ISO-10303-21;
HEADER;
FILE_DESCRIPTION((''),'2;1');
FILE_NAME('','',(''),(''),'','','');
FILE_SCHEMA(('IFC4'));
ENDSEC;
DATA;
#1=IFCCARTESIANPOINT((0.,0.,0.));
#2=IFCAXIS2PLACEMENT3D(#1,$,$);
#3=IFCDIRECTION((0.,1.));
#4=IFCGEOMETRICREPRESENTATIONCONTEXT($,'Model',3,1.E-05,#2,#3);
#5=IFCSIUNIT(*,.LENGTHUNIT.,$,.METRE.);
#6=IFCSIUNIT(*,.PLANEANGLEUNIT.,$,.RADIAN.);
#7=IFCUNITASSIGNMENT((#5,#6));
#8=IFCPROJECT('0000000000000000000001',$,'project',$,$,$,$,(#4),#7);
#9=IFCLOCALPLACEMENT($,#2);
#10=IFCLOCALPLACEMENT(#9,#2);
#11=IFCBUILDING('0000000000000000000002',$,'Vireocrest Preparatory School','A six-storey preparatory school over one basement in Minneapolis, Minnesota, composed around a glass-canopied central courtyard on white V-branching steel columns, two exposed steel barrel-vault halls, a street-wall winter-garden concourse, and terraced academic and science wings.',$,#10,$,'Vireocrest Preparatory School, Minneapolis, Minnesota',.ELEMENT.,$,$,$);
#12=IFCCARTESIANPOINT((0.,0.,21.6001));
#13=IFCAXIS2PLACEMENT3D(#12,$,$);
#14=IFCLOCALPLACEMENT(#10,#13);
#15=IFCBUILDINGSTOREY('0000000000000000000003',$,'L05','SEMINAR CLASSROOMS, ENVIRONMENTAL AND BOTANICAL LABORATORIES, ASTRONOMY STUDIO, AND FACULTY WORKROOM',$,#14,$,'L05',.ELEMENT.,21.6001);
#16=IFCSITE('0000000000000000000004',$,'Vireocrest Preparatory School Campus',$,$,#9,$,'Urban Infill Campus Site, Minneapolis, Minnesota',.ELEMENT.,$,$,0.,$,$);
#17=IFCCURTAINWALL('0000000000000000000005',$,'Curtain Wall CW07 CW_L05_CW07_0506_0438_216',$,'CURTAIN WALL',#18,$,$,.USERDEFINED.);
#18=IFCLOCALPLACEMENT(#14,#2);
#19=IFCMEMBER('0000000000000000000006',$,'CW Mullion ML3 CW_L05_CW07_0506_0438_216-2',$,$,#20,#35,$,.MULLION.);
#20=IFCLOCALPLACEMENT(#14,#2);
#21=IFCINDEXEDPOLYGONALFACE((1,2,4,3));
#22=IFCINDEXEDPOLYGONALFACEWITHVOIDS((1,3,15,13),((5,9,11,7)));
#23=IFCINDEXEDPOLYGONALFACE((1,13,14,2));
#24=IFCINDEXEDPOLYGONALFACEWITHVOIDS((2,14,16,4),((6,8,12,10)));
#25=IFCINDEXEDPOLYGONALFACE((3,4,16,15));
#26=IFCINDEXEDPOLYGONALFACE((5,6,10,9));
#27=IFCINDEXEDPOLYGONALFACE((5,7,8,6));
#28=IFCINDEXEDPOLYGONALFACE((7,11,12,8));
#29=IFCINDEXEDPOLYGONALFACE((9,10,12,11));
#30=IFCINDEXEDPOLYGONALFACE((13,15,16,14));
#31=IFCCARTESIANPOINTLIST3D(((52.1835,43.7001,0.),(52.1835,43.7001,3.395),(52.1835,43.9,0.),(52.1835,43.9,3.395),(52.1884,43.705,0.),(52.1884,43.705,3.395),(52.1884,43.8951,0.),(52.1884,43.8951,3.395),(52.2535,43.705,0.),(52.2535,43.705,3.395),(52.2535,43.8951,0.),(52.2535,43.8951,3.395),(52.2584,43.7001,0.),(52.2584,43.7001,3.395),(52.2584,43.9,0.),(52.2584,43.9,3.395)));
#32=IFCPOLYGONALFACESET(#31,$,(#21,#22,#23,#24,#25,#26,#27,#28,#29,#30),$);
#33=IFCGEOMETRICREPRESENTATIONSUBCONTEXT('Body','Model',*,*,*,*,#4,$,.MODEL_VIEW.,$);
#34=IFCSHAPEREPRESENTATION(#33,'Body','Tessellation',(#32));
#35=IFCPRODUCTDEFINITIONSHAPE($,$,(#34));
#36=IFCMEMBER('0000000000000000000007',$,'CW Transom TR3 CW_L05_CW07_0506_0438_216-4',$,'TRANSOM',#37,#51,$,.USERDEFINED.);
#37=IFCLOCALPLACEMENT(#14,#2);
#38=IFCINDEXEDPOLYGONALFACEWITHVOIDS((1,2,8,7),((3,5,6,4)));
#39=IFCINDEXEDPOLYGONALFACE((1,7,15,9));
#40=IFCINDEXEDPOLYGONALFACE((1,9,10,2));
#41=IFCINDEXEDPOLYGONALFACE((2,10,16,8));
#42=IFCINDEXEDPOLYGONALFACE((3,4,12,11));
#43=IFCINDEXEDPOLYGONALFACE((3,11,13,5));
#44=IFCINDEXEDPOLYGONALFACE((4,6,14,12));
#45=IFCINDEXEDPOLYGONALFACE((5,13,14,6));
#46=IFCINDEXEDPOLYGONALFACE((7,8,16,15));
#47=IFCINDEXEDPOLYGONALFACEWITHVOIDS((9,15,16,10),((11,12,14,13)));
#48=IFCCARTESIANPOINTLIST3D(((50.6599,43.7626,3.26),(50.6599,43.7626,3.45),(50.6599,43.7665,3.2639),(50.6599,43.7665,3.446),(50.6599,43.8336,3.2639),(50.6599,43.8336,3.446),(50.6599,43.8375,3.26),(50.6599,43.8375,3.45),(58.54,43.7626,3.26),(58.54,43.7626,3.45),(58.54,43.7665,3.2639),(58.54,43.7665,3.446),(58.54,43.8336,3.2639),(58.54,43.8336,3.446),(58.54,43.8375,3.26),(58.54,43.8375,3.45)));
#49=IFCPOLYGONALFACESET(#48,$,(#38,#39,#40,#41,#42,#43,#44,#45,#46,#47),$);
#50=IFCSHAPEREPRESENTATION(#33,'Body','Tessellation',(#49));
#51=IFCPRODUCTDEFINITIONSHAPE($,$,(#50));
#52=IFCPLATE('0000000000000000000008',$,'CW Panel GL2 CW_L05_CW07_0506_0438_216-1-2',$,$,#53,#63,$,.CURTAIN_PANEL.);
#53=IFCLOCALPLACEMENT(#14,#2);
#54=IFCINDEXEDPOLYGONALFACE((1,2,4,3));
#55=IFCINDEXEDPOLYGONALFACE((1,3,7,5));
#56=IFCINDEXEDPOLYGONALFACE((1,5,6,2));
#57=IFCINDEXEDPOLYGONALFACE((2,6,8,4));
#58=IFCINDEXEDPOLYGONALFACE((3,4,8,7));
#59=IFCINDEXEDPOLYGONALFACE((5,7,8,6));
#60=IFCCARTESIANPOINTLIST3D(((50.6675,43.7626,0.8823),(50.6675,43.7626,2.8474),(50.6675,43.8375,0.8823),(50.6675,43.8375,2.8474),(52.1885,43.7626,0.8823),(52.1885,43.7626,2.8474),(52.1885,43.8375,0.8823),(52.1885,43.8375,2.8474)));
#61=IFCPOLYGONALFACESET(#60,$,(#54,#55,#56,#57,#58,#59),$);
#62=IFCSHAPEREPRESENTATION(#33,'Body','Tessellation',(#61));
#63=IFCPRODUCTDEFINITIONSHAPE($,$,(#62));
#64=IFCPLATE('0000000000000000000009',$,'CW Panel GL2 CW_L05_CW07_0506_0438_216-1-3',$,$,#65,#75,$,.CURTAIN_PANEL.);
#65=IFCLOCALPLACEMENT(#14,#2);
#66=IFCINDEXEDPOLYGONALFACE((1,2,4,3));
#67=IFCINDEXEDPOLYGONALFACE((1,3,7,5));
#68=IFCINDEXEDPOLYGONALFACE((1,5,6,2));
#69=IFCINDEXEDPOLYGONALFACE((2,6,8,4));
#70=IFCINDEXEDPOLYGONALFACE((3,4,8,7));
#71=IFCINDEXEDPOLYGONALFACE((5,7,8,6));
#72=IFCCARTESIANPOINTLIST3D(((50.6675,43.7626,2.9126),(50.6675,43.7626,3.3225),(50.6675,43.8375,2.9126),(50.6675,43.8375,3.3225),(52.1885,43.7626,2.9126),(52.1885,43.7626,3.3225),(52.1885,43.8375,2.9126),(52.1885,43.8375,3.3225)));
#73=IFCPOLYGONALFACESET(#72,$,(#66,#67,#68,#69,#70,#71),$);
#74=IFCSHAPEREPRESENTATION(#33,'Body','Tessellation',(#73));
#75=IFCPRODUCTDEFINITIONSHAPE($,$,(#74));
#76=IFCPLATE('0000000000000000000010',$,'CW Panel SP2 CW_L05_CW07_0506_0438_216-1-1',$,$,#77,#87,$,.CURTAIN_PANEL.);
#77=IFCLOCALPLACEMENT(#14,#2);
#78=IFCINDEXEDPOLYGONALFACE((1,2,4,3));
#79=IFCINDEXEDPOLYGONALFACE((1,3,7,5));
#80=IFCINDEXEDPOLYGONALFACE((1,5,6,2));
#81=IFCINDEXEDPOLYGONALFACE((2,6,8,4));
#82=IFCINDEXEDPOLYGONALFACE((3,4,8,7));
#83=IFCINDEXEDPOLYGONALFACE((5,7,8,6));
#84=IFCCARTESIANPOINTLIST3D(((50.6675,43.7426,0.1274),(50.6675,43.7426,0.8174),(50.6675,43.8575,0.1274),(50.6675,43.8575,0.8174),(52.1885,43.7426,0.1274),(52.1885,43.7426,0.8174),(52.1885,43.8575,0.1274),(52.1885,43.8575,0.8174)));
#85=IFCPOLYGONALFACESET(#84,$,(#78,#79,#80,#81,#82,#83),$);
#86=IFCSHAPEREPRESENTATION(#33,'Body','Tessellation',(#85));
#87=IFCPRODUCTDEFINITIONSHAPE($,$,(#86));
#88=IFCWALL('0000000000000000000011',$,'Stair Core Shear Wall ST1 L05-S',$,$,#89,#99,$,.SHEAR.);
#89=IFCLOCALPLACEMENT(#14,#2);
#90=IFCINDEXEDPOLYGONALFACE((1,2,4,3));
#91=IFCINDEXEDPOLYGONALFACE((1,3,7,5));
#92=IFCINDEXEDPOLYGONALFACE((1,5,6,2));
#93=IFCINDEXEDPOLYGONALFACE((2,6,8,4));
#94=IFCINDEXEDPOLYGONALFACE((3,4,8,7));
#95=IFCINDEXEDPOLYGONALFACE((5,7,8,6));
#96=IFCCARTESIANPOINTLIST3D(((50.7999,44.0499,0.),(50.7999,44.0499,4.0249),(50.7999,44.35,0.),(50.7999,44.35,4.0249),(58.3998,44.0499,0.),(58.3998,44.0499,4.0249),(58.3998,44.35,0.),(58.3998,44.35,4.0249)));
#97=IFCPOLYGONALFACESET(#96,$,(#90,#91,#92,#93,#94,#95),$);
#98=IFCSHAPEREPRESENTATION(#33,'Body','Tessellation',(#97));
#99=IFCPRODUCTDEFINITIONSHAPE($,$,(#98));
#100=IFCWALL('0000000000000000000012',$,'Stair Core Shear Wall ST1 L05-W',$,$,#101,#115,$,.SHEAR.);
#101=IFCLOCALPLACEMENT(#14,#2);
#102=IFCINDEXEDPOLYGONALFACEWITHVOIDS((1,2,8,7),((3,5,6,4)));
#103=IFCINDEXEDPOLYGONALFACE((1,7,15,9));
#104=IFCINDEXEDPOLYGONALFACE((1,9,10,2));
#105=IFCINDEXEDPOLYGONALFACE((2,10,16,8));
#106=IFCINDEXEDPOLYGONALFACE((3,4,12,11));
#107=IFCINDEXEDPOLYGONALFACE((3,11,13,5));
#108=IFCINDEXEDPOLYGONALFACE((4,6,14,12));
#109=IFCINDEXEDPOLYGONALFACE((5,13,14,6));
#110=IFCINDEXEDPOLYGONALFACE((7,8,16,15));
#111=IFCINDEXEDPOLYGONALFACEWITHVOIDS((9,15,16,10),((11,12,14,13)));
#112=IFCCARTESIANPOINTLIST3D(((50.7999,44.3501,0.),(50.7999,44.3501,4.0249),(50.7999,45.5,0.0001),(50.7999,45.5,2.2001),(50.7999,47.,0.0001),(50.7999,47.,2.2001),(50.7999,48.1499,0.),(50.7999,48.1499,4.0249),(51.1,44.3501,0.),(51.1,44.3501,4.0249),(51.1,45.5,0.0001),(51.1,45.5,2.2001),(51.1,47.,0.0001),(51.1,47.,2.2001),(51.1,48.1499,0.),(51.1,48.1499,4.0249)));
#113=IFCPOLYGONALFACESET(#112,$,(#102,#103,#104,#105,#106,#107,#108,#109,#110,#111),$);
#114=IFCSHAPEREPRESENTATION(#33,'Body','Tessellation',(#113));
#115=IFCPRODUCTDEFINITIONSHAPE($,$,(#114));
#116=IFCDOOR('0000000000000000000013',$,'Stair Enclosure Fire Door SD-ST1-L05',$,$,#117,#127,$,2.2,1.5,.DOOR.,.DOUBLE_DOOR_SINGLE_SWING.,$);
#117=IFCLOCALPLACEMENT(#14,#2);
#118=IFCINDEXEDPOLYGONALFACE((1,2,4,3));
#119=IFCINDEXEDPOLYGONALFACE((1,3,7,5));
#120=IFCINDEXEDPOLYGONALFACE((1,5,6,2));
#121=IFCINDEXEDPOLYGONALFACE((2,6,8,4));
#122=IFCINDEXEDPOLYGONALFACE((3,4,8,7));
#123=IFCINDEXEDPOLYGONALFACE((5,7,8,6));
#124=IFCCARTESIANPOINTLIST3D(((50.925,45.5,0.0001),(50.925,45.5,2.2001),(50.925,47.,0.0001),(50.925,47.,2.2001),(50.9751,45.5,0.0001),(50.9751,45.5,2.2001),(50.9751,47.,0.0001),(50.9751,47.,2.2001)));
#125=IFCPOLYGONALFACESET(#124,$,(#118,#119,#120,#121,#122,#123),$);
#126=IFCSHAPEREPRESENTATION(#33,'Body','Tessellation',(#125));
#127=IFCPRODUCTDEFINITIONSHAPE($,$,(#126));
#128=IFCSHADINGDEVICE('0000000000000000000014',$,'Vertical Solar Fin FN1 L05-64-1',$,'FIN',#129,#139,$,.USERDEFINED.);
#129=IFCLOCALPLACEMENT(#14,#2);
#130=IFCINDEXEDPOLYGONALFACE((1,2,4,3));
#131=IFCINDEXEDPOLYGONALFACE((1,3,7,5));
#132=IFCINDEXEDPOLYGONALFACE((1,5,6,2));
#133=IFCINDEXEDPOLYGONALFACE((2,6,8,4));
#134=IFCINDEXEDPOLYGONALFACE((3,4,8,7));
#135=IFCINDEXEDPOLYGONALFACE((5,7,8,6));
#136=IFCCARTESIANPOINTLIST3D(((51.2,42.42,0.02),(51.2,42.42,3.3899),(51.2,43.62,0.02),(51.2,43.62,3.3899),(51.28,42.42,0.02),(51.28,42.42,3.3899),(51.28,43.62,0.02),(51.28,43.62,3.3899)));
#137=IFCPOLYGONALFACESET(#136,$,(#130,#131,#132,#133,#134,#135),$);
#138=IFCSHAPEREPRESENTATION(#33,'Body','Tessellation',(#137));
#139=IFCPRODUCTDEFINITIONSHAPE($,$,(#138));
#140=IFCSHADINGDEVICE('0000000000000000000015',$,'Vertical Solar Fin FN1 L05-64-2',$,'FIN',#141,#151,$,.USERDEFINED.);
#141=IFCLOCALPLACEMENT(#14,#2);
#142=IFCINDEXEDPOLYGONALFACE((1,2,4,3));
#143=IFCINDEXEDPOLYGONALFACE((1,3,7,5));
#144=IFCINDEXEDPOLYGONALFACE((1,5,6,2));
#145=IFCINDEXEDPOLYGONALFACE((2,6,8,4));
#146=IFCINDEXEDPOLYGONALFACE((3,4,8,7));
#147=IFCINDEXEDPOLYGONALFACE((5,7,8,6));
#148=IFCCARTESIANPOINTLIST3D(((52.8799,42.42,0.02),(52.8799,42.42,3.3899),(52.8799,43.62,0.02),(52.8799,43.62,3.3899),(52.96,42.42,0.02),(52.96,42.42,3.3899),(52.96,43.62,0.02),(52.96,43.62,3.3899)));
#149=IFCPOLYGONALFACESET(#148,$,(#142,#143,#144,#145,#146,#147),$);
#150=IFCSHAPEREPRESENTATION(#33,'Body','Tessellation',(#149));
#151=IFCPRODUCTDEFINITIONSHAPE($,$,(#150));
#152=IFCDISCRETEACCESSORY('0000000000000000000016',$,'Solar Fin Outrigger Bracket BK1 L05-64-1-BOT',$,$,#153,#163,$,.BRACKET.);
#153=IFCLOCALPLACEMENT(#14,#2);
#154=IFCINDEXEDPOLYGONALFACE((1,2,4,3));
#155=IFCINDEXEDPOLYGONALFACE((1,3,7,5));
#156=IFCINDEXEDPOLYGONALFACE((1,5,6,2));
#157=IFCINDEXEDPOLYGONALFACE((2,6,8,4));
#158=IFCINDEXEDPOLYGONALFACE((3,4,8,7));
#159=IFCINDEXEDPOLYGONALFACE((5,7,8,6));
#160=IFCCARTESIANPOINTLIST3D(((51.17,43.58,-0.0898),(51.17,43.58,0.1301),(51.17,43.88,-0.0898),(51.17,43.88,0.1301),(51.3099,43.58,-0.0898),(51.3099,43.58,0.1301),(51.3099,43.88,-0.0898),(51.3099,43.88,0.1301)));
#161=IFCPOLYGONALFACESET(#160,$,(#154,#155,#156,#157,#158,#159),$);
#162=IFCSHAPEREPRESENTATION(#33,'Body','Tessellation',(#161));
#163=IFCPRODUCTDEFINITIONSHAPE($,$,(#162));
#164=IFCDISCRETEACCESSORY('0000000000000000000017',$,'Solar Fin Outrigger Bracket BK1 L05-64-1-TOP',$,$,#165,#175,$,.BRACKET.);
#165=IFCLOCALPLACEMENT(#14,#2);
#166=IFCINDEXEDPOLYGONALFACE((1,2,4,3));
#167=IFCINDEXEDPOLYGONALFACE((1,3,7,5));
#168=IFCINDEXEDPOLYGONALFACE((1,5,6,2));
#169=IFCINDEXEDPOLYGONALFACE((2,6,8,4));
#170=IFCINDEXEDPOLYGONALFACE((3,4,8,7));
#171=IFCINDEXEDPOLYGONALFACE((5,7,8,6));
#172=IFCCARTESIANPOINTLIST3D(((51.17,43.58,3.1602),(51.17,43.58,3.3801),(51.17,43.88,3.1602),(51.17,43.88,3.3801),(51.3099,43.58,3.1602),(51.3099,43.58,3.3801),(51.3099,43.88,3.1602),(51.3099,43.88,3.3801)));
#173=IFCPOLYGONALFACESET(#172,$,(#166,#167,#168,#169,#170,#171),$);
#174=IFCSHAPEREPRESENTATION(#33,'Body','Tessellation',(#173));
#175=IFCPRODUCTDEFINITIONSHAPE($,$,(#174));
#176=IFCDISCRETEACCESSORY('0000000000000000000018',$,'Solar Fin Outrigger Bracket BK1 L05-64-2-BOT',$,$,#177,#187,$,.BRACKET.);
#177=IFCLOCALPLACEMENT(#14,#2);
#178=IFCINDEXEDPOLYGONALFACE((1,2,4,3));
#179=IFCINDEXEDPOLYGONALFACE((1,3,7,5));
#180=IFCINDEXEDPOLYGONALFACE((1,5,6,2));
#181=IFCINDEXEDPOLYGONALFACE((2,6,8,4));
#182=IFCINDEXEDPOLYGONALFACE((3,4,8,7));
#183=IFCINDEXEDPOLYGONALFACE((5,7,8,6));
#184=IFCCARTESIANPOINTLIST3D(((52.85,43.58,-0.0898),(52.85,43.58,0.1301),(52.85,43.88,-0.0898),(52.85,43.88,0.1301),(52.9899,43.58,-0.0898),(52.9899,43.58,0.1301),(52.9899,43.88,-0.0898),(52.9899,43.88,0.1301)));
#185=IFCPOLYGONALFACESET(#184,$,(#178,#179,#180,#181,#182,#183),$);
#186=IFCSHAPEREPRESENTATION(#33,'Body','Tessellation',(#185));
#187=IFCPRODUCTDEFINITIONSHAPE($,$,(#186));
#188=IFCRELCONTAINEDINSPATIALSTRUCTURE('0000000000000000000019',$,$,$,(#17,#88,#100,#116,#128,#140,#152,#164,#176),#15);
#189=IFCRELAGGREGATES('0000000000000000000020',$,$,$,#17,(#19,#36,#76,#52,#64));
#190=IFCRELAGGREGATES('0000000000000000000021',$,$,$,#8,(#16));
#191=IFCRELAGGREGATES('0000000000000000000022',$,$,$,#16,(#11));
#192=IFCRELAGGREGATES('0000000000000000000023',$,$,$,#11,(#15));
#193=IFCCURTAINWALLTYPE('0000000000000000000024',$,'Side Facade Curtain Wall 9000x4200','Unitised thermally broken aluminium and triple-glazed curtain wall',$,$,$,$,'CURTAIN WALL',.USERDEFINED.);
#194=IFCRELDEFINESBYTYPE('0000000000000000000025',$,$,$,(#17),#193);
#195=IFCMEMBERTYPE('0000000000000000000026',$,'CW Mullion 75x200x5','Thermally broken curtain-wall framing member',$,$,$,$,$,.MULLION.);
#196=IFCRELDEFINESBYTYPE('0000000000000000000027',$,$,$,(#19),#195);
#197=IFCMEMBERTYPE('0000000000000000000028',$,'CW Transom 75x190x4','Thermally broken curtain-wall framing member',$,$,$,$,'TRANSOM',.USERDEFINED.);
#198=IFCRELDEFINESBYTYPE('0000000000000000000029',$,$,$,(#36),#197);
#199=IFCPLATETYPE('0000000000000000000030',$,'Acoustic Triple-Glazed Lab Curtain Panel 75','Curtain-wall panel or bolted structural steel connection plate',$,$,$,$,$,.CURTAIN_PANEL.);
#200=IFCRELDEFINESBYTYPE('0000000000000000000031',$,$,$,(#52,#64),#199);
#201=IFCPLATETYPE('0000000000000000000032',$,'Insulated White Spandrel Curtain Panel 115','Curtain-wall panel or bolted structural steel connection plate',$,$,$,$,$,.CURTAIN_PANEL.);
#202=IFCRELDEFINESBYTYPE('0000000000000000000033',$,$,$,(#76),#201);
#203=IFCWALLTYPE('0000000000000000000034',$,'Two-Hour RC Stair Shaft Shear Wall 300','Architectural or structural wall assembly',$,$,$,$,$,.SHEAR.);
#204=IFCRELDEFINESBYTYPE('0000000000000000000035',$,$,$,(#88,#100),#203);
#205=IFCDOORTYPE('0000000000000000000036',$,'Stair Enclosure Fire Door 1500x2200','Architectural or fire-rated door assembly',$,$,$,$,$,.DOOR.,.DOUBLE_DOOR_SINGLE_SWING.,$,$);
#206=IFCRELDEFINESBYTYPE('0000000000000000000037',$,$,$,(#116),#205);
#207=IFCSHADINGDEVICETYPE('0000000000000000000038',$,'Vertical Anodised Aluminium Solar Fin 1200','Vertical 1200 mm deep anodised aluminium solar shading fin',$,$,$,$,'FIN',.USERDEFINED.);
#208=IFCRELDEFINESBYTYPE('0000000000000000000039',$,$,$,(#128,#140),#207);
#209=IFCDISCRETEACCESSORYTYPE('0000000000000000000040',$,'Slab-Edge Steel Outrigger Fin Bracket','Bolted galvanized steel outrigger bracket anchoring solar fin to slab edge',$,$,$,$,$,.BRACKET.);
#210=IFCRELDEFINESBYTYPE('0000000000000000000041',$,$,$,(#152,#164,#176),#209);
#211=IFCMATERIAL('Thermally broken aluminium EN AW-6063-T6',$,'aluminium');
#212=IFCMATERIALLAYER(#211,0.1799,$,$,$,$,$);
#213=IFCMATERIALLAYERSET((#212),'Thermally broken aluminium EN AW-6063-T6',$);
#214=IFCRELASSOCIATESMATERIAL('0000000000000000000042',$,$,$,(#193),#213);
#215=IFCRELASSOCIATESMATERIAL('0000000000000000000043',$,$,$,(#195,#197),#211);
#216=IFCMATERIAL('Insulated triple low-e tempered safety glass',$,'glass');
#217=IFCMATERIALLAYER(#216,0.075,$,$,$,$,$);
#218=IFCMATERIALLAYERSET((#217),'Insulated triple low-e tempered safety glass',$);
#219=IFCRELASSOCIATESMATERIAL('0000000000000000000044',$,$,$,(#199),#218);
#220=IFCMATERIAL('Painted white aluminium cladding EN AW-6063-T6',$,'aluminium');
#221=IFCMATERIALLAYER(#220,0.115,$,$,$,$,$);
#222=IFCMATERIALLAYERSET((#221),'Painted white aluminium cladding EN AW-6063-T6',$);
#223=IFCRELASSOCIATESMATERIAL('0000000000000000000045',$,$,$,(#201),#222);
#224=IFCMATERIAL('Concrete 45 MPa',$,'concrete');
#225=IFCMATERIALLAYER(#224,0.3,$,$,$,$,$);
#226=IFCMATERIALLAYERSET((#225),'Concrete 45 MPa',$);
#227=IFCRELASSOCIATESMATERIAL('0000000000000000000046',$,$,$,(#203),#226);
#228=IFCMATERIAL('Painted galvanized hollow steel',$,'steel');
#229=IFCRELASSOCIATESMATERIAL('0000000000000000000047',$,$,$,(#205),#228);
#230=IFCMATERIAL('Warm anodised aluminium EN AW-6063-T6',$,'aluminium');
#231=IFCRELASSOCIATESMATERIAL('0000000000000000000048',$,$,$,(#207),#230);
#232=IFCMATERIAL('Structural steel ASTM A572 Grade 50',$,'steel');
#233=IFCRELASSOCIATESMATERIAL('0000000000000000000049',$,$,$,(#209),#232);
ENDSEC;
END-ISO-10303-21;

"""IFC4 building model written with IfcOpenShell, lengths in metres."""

from ifc_helpers import new_model, si_unit, direction, frame, frame_2d, origin, origin_2d, place, context, subcontext, project, spatial, rectangle, hollow_rectangle, extrude, material, layer, layer_set, material_profile, profile_set, type_object, element, fill, aggregate, save


model = new_model("IFC4")

# Units and contexts
model_context = context("Model", 3, precision=1e-05, world=origin(), true_north=direction((0.0, 1.0)))
body_context = subcontext(model_context, "Body", "Model", "MODEL_VIEW")
ifc_project = project(units=[si_unit("LENGTHUNIT", "METRE"), si_unit("PLANEANGLEUNIT", "RADIAN")], contexts=[model_context])

# Site, building, storey
site_placement = place(None, origin())
site = spatial("IfcSite", under=ifc_project, at=site_placement, Name="Vireocrest Preparatory School Campus", LongName="Urban Infill Campus Site, Minneapolis, Minnesota", CompositionType="ELEMENT", RefElevation=0.0)
building_placement = place(site_placement, origin())
building = spatial("IfcBuilding", under=site, at=building_placement, Name="Vireocrest Preparatory School", Description="A six-storey preparatory school over one basement in Minneapolis, Minnesota, composed around a glass-canopied central courtyard on white V-branching steel columns, two exposed steel barrel-vault halls, a street-wall winter-garden concourse, and terraced academic and science wings.", LongName="Vireocrest Preparatory School, Minneapolis, Minnesota", CompositionType="ELEMENT")
storey_placement = place(building_placement, frame((0.0, 0.0, 21.6001)))
storey = spatial("IfcBuildingStorey", under=building, at=storey_placement, Name="L05", Description="SEMINAR CLASSROOMS, ENVIRONMENTAL AND BOTANICAL LABORATORIES, ASTRONOMY STUDIO, AND FACULTY WORKROOM", LongName="L05", CompositionType="ELEMENT", Elevation=21.6001)

# Curtain wall, members, plates
ifc_material_1 = material(Name="Thermally broken aluminium EN AW-6063-T6", Category="aluminium")
ifc_layer_1 = layer(ifc_material_1, 0.1799)
ifc_layer_set_1 = layer_set([ifc_layer_1], Name="Thermally broken aluminium EN AW-6063-T6")
curtain_wall_type = type_object("IfcCurtainWallType", Name="Side Facade Curtain Wall 9000x4200", Description="Unitised thermally broken aluminium and triple-glazed curtain wall", ElementType="CURTAIN WALL", PredefinedType="USERDEFINED", material=ifc_layer_set_1)
curtain_wall_placement = place(storey_placement, origin())
curtain_wall = element("IfcCurtainWall", 1, at=curtain_wall_placement, inside=storey, type_object=curtain_wall_type, Name="Curtain Wall CW07 CW_L05_CW07_0506_0438_216", ObjectType="CURTAIN WALL", PredefinedType="USERDEFINED")
ifc_material_profile_1 = material_profile(ifc_material_1, hollow_rectangle(XDim=0.075, YDim=0.2, WallThickness=0.0049, at=origin_2d()), Name="ALU 75x200x5")
ifc_profile_set_1 = profile_set([ifc_material_profile_1], Name="Thermally broken aluminium EN AW-6063-T6")
member_type_1 = type_object("IfcMemberType", Name="CW Mullion 75x200x5", Description="Thermally broken curtain-wall framing member", PredefinedType="MULLION", material=ifc_profile_set_1)
member_1_placement = place(storey_placement, frame((52.2209, 43.8, 0.0), z_axis=(0.0, 0.0, 1.0), x_axis=(1.0, 0.0, 0.0)))
member_1 = element("IfcMember", 2, at=member_1_placement, type_object=member_type_1, Name="CW Mullion ML3 CW_L05_CW07_0506_0438_216-2", PredefinedType="MULLION", context=body_context, shape_type="SweptSolid", body=[
    extrude(hollow_rectangle(XDim=0.075, YDim=0.2, WallThickness=0.0049, at=origin_2d()), origin(), (0.0, 0.0, 1.0), 3.395),
])
ifc_material_profile_2 = material_profile(ifc_material_1, hollow_rectangle(XDim=0.075, YDim=0.1899, WallThickness=0.0039, at=origin_2d()), Name="ALU 75x190x4")
ifc_profile_set_2 = profile_set([ifc_material_profile_2], Name="Thermally broken aluminium EN AW-6063-T6")
member_type_2 = type_object("IfcMemberType", Name="CW Transom 75x190x4", Description="Thermally broken curtain-wall framing member", ElementType="TRANSOM", PredefinedType="USERDEFINED", material=ifc_profile_set_2)
member_2_placement = place(storey_placement, frame((50.6599, 43.8, 3.355), z_axis=(1.0, 0.0, 0.0), x_axis=(0.0, 1.0, 0.0)))
member_2 = element("IfcMember", 3, at=member_2_placement, type_object=member_type_2, Name="CW Transom TR3 CW_L05_CW07_0506_0438_216-4", ObjectType="TRANSOM", PredefinedType="USERDEFINED", context=body_context, shape_type="SweptSolid", body=[
    extrude(hollow_rectangle(XDim=0.075, YDim=0.1899, WallThickness=0.0039, at=origin_2d()), origin(), (0.0, 0.0, 1.0), 7.8801),
])
ifc_material_2 = material(Name="Insulated triple low-e tempered safety glass", Category="glass")
ifc_layer_2 = layer(ifc_material_2, 0.075)
ifc_layer_set_2 = layer_set([ifc_layer_2], Name="Insulated triple low-e tempered safety glass")
plate_type_1 = type_object("IfcPlateType", Name="Acoustic Triple-Glazed Lab Curtain Panel 75", Description="Curtain-wall panel or bolted structural steel connection plate", PredefinedType="CURTAIN_PANEL", material=ifc_layer_set_2)
plate_1_placement = place(storey_placement, frame((51.428, 43.8, 0.8823), z_axis=(0.0, 0.0, 1.0), x_axis=(1.0, 0.0, 0.0)))
plate_1 = element("IfcPlate", 4, at=plate_1_placement, type_object=plate_type_1, Name="CW Panel GL2 CW_L05_CW07_0506_0438_216-1-2", PredefinedType="CURTAIN_PANEL", context=body_context, shape_type="SweptSolid", body=[
    extrude(rectangle(XDim=1.521, YDim=0.075, at=origin_2d()), origin(), (0.0, 0.0, 1.0), 1.9651),
])
plate_2_placement = place(storey_placement, frame((51.428, 43.8, 2.9126), z_axis=(0.0, 0.0, 1.0), x_axis=(1.0, 0.0, 0.0)))
plate_2 = element("IfcPlate", 5, at=plate_2_placement, type_object=plate_type_1, Name="CW Panel GL2 CW_L05_CW07_0506_0438_216-1-3", PredefinedType="CURTAIN_PANEL", context=body_context, shape_type="SweptSolid", body=[
    extrude(rectangle(XDim=1.521, YDim=0.075, at=origin_2d()), origin(), (0.0, 0.0, 1.0), 0.4099),
])
ifc_material_3 = material(Name="Painted white aluminium cladding EN AW-6063-T6", Category="aluminium")
ifc_layer_3 = layer(ifc_material_3, 0.115)
ifc_layer_set_3 = layer_set([ifc_layer_3], Name="Painted white aluminium cladding EN AW-6063-T6")
plate_type_2 = type_object("IfcPlateType", Name="Insulated White Spandrel Curtain Panel 115", Description="Curtain-wall panel or bolted structural steel connection plate", PredefinedType="CURTAIN_PANEL", material=ifc_layer_set_3)
plate_3_placement = place(storey_placement, frame((51.428, 43.8, 0.1274), z_axis=(0.0, 0.0, 1.0), x_axis=(1.0, 0.0, 0.0)))
plate_3 = element("IfcPlate", 6, at=plate_3_placement, type_object=plate_type_2, Name="CW Panel SP2 CW_L05_CW07_0506_0438_216-1-1", PredefinedType="CURTAIN_PANEL", context=body_context, shape_type="SweptSolid", body=[
    extrude(rectangle(XDim=1.521, YDim=0.115, at=origin_2d()), origin(), (0.0, 0.0, 1.0), 0.6899),
])
aggregate(curtain_wall, [member_1, member_2, plate_3, plate_1, plate_2])

# Wall
ifc_material_4 = material(Name="Concrete 45 MPa", Category="concrete")
ifc_layer_4 = layer(ifc_material_4, 0.3)
ifc_layer_set_4 = layer_set([ifc_layer_4], Name="Concrete 45 MPa")
wall_type = type_object("IfcWallType", Name="Two-Hour RC Stair Shaft Shear Wall 300", Description="Architectural or structural wall assembly", PredefinedType="SHEAR", material=ifc_layer_set_4)
wall_1_placement = place(storey_placement, frame((50.8, 44.2, 0.0), z_axis=(0.0, 0.0, 1.0), x_axis=(1.0, 0.0, 0.0)))
element("IfcWall", 7, at=wall_1_placement, inside=storey, type_object=wall_type, Name="Stair Core Shear Wall ST1 L05-S", PredefinedType="SHEAR", context=body_context, shape_type="SweptSolid", body=[
    extrude(rectangle(XDim=7.5999, YDim=0.3, at=frame_2d((3.7998, 0.0))), origin(), (0.0, 0.0, 1.0), 4.0249),
])

# Wall, opening, door
wall_2_placement = place(storey_placement, frame((50.95, 44.3501, 0.0), z_axis=(0.0, 0.0, 1.0), x_axis=(0.0, 1.0, 0.0)))
wall_2 = element("IfcWall", 8, at=wall_2_placement, inside=storey, type_object=wall_type, Name="Stair Core Shear Wall ST1 L05-W", PredefinedType="SHEAR", context=body_context, shape_type="SweptSolid", body=[
    extrude(rectangle(XDim=3.7998, YDim=0.3, at=frame_2d((1.8999, 0.0))), origin(), (0.0, 0.0, 1.0), 4.0249),
])
opening_placement = place(wall_2_placement, frame((1.1499, 0.0, 0.0)))
opening = element("IfcOpeningElement", 9, at=opening_placement, cuts=wall_2, PredefinedType="OPENING", context=body_context, shape_type="SweptSolid", body=[
    extrude(rectangle(XDim=1.5, YDim=2.2, at=frame_2d((0.75, 1.1001))), frame((0.0, 0.1599, 0.0), z_axis=(0.0, -1.0, 0.0), x_axis=(1.0, 0.0, 0.0)), (0.0, 0.0, 1.0), 0.3201),
])
ifc_material_5 = material(Name="Painted galvanized hollow steel", Category="steel")
door_type = type_object("IfcDoorType", Name="Stair Enclosure Fire Door 1500x2200", Description="Architectural or fire-rated door assembly", OperationType="DOUBLE_DOOR_SINGLE_SWING", PredefinedType="DOOR", material=ifc_material_5)
door_placement = place(opening_placement, origin())
door = element("IfcDoor", 10, at=door_placement, inside=storey, type_object=door_type, Name="Stair Enclosure Fire Door SD-ST1-L05", OperationType="DOUBLE_DOOR_SINGLE_SWING", OverallHeight=2.2, OverallWidth=1.5, PredefinedType="DOOR", context=body_context, shape_type="SweptSolid", body=[
    extrude(rectangle(XDim=1.5, YDim=2.2, at=frame_2d((0.75, 1.1001))), frame((0.0, 0.0249, 0.0), z_axis=(0.0, -1.0, 0.0), x_axis=(1.0, 0.0, 0.0)), (0.0, 0.0, 1.0), 0.05),
])
fill(opening, door)

# Shading devices
ifc_material_6 = material(Name="Warm anodised aluminium EN AW-6063-T6", Category="aluminium")
ifc_material_profile_3 = material_profile(ifc_material_6, rectangle(XDim=0.0801, YDim=1.2, at=origin_2d()), Name="FIN 80x1200")
ifc_profile_set_3 = profile_set([ifc_material_profile_3], Name="Warm anodised aluminium EN AW-6063-T6")
shading_device_type = type_object("IfcShadingDeviceType", Name="Vertical Anodised Aluminium Solar Fin 1200", Description="Vertical 1200 mm deep anodised aluminium solar shading fin", ElementType="FIN", PredefinedType="USERDEFINED", material=ifc_profile_set_3)
for number, where, z_axis, x_axis, name in (
    (11, (51.24, 43.02, 0.02), (0.0, 0.0, 1.0), (-1.0, 0.0, 0.0), "Vertical Solar Fin FN1 L05-64-1"),
    (12, (52.9199, 43.02, 0.02), (0.0, 0.0, 1.0), (-1.0, 0.0, 0.0), "Vertical Solar Fin FN1 L05-64-2"),
):
    element("IfcShadingDevice", number, at=place(storey_placement, frame(where, z_axis=z_axis, x_axis=x_axis)), inside=storey, type_object=shading_device_type, Name=name, ObjectType="FIN", PredefinedType="USERDEFINED", context=body_context, shape_type="SweptSolid", body=[
        extrude(rectangle(XDim=0.0801, YDim=1.2, at=origin_2d()), origin(), (0.0, 0.0, 1.0), 3.3699),
    ])

# Discrete accessories
ifc_material_7 = material(Name="Structural steel ASTM A572 Grade 50", Category="steel")
discrete_accessory_type = type_object("IfcDiscreteAccessoryType", Name="Slab-Edge Steel Outrigger Fin Bracket", Description="Bolted galvanized steel outrigger bracket anchoring solar fin to slab edge", PredefinedType="BRACKET", material=ifc_material_7)
for number, where, z_axis, x_axis, name in (
    (13, (51.24, 43.73, -0.0898), (0.0, 0.0, 1.0), (-1.0, 0.0, 0.0), "Solar Fin Outrigger Bracket BK1 L05-64-1-BOT"),
    (14, (51.24, 43.73, 3.1602), (0.0, 0.0, 1.0), (-1.0, 0.0, 0.0), "Solar Fin Outrigger Bracket BK1 L05-64-1-TOP"),
    (15, (52.9199, 43.73, -0.0898), (0.0, 0.0, 1.0), (-1.0, 0.0, 0.0), "Solar Fin Outrigger Bracket BK1 L05-64-2-BOT"),
):
    element("IfcDiscreteAccessory", number, at=place(storey_placement, frame(where, z_axis=z_axis, x_axis=x_axis)), inside=storey, type_object=discrete_accessory_type, Name=name, PredefinedType="BRACKET", context=body_context, shape_type="SweptSolid", body=[
        extrude(rectangle(XDim=0.1399, YDim=0.3, at=origin_2d()), origin(), (0.0, 0.0, 1.0), 0.22),
    ])

save(model, "model.ifc")
